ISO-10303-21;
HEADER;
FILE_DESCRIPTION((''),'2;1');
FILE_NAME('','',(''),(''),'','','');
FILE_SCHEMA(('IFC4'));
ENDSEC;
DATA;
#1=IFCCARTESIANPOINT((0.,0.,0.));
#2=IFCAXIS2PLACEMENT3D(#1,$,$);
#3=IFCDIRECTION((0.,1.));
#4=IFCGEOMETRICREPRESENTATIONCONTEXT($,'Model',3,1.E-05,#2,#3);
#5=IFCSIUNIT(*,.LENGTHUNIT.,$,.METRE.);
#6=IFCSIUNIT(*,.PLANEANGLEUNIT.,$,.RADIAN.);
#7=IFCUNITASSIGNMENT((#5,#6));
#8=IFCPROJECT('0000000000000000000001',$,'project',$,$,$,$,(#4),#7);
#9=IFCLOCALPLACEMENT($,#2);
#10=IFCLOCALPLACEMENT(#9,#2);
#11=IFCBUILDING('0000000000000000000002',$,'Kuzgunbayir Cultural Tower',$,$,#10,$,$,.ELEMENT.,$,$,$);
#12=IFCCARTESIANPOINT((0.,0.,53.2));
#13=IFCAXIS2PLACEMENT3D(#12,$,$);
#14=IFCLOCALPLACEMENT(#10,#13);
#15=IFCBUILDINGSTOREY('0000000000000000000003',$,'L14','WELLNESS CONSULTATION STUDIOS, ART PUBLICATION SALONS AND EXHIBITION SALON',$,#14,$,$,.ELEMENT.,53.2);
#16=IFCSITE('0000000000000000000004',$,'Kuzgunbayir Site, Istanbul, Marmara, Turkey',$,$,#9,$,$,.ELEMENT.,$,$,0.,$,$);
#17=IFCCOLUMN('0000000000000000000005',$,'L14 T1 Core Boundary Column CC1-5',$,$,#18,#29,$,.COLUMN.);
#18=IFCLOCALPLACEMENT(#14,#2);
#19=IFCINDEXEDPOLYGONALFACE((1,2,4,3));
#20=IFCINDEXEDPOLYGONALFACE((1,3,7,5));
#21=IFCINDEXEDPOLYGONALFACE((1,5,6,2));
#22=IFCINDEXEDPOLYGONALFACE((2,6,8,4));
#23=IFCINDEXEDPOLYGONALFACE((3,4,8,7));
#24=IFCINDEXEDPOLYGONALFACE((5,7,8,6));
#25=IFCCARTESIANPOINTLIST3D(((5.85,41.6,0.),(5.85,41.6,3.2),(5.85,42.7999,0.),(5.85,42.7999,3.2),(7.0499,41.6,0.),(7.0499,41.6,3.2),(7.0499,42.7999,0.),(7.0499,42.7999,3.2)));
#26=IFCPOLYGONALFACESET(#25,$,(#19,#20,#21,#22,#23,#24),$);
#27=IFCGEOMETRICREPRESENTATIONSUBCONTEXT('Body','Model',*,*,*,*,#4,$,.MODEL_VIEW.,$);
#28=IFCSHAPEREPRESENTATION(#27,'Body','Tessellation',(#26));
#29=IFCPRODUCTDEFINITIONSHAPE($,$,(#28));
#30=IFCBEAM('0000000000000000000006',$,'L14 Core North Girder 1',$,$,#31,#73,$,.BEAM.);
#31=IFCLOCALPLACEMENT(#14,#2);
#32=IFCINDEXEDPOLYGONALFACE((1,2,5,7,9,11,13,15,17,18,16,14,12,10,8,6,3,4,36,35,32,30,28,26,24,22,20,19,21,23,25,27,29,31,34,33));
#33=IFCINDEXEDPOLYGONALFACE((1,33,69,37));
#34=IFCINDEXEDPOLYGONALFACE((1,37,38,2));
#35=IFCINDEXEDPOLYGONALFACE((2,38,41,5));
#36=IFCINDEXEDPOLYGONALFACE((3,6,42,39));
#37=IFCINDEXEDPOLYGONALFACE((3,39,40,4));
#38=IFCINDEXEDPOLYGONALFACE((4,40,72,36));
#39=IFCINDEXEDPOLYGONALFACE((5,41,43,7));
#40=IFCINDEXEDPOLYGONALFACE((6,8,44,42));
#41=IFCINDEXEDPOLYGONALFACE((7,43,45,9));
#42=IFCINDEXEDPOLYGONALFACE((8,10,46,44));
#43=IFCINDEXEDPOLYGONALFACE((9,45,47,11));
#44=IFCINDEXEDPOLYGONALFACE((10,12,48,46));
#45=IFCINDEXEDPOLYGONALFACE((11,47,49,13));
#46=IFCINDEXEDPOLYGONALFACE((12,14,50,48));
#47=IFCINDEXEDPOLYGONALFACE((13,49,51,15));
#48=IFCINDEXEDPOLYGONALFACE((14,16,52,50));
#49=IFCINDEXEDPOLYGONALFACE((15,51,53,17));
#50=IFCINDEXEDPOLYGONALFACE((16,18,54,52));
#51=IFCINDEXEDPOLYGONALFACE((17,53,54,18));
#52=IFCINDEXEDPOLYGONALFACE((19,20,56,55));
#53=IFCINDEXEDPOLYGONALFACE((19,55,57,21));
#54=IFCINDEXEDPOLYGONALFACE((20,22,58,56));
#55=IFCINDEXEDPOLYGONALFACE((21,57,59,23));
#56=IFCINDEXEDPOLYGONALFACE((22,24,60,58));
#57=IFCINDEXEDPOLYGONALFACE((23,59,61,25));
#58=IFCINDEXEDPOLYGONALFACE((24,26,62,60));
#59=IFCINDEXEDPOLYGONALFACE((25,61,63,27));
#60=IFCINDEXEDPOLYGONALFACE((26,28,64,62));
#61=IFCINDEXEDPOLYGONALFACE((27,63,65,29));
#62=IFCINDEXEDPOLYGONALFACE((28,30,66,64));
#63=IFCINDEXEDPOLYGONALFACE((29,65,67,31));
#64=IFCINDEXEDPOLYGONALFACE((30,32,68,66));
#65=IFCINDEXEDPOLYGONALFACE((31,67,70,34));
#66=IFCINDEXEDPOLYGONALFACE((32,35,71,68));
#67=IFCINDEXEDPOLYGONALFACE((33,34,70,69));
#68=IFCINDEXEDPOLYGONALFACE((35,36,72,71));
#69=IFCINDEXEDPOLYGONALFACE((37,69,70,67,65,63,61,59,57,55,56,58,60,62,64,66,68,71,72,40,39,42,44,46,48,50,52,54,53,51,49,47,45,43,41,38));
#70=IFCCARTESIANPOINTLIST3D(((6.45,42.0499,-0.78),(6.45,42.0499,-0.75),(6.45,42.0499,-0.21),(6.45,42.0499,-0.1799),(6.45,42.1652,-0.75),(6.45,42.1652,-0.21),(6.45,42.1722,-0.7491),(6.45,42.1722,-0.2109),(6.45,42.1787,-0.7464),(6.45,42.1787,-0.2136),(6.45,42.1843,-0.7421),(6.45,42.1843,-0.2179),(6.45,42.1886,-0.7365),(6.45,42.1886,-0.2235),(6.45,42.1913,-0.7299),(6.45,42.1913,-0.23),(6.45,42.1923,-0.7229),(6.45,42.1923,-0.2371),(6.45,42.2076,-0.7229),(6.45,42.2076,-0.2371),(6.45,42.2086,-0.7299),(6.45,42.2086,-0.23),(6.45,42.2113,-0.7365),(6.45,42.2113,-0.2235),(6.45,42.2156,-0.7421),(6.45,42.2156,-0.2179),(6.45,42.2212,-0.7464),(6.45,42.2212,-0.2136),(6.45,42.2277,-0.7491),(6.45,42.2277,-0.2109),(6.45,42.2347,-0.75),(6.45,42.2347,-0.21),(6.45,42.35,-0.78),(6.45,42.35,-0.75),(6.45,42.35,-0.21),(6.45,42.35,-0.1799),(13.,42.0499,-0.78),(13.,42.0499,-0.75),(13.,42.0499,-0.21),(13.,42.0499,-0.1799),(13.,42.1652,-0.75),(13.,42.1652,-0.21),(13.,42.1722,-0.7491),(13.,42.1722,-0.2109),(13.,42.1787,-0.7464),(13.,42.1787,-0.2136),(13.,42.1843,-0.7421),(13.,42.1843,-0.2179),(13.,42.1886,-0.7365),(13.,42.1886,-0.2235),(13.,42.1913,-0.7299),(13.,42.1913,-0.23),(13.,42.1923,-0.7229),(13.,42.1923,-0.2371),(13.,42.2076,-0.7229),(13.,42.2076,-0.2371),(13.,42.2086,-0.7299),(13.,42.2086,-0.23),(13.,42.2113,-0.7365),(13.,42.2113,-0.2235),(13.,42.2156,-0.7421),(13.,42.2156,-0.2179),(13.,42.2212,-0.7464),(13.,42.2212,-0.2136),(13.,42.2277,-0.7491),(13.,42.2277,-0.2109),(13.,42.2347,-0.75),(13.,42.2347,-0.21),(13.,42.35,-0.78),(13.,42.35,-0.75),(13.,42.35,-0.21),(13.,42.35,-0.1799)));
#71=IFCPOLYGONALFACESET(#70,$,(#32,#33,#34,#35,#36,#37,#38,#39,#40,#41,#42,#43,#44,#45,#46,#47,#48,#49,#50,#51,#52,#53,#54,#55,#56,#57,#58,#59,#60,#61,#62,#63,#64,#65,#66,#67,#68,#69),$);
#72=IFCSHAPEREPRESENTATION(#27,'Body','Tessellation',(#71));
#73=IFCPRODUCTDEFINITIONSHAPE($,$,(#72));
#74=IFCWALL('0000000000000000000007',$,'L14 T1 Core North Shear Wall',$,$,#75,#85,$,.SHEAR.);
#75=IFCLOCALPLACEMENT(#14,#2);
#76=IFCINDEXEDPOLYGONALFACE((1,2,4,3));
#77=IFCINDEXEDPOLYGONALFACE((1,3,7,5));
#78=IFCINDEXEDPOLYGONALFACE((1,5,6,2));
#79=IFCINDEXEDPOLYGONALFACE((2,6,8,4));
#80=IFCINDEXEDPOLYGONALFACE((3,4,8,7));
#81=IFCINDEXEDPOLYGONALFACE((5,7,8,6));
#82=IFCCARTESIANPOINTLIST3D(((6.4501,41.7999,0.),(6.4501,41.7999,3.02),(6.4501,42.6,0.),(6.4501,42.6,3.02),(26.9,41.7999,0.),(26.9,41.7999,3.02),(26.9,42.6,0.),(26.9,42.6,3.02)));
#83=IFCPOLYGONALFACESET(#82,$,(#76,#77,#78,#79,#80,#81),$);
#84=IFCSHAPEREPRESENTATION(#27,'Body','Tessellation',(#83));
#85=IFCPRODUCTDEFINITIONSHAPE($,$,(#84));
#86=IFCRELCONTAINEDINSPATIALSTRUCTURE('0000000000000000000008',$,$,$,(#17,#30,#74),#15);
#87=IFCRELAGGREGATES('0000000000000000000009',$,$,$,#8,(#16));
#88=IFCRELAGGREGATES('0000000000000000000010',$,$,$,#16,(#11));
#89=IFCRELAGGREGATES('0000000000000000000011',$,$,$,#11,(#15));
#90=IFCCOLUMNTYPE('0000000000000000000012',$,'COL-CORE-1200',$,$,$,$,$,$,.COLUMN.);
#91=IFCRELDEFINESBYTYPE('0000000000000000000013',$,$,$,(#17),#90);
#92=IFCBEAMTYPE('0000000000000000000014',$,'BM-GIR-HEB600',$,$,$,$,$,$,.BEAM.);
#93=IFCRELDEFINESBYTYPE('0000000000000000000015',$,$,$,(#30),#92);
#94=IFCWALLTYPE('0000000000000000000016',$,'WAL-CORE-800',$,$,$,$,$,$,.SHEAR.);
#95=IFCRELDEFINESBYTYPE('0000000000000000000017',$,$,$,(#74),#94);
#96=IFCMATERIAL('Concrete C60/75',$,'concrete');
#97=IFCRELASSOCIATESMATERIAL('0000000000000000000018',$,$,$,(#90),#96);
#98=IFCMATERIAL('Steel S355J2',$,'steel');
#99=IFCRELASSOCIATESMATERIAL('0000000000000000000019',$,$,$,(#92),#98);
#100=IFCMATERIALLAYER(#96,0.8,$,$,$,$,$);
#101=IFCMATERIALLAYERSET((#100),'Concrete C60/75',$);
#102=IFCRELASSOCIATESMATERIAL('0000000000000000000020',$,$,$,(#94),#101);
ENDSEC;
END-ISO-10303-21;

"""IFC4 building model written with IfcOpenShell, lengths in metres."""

from ifc_helpers import new_model, si_unit, direction, frame, frame_2d, origin, origin_2d, place, context, subcontext, project, spatial, rectangle, i_section, extrude, material, layer, layer_set, material_profile, profile_set, type_object, element, save


model = new_model("IFC4")

# Units and contexts
model_context = context("Model", 3, precision=1e-05, world=origin(), true_north=direction((0.0, 1.0)))
body_context = subcontext(model_context, "Body", "Model", "MODEL_VIEW")
ifc_project = project(units=[si_unit("LENGTHUNIT", "METRE"), si_unit("PLANEANGLEUNIT", "RADIAN")], contexts=[model_context])

# Site, building, storey
site_placement = place(None, origin())
site = spatial("IfcSite", under=ifc_project, at=site_placement, Name="Kuzgunbayir Site, Istanbul, Marmara, Turkey", CompositionType="ELEMENT", RefElevation=0.0)
building_placement = place(site_placement, origin())
building = spatial("IfcBuilding", under=site, at=building_placement, Name="Kuzgunbayir Cultural Tower", CompositionType="ELEMENT")
storey_placement = place(building_placement, frame((0.0, 0.0, 53.2)))
storey = spatial("IfcBuildingStorey", under=building, at=storey_placement, Name="L14", Description="WELLNESS CONSULTATION STUDIOS, ART PUBLICATION SALONS AND EXHIBITION SALON", CompositionType="ELEMENT", Elevation=53.2)

# Column
ifc_material_1 = material(Name="Concrete C60/75", Category="concrete")
ifc_material_profile_1 = material_profile(ifc_material_1, rectangle(XDim=1.2, YDim=1.2, at=origin_2d()), Name="RC 1200x1200")
ifc_profile_set_1 = profile_set([ifc_material_profile_1], Name="Concrete C60/75")
column_type = type_object("IfcColumnType", Name="COL-CORE-1200", PredefinedType="COLUMN", material=ifc_profile_set_1)
column_placement = place(storey_placement, frame((6.45, 42.2, 0.0), z_axis=(0.0, 0.0, 1.0), x_axis=(1.0, 0.0, 0.0)))
element("IfcColumn", 1, at=column_placement, inside=storey, type_object=column_type, Name="L14 T1 Core Boundary Column CC1-5", PredefinedType="COLUMN", context=body_context, shape_type="SweptSolid", body=[
    extrude(rectangle(XDim=1.2, YDim=1.2, at=origin_2d()), origin(), (0.0, 0.0, 1.0), 3.2),
])

# Beam
ifc_material_2 = material(Name="Steel S355J2", Category="steel")
ifc_material_profile_2 = material_profile(ifc_material_2, i_section(OverallWidth=0.3, OverallDepth=0.6001, WebThickness=0.0154, FlangeThickness=0.03, FilletRadius=0.0271, at=origin_2d()), Name="HEB 600")
ifc_profile_set_2 = profile_set([ifc_material_profile_2], Name="Steel S355J2")
beam_type = type_object("IfcBeamType", Name="BM-GIR-HEB600", PredefinedType="BEAM", material=ifc_profile_set_2)
beam_placement = place(storey_placement, frame((6.45, 42.2, -0.48), z_axis=(1.0, 0.0, 0.0), x_axis=(0.0, 1.0, 0.0)))
element("IfcBeam", 2, at=beam_placement, inside=storey, type_object=beam_type, Name="L14 Core North Girder 1", PredefinedType="BEAM", context=body_context, shape_type="SweptSolid", body=[
    extrude(i_section(OverallWidth=0.3, OverallDepth=0.6001, WebThickness=0.0154, FlangeThickness=0.03, FilletRadius=0.0271, at=origin_2d()), origin(), (0.0, 0.0, 1.0), 6.55),
])

# Wall
ifc_layer_1 = layer(ifc_material_1, 0.8)
ifc_layer_set_1 = layer_set([ifc_layer_1], Name="Concrete C60/75")
wall_type_1 = type_object("IfcWallType", Name="WAL-CORE-800", PredefinedType="SHEAR", material=ifc_layer_set_1)
wall_1_placement = place(storey_placement, frame((6.45, 42.2, 0.0), z_axis=(0.0, 0.0, 1.0), x_axis=(1.0, 0.0, 0.0)))
element("IfcWall", 3, at=wall_1_placement, inside=storey, type_object=wall_type_1, Name="L14 T1 Core North Shear Wall", PredefinedType="SHEAR", context=body_context, shape_type="SweptSolid", body=[
    extrude(rectangle(XDim=20.45, YDim=0.8, at=frame_2d((10.2251, 0.0))), origin(), (0.0, 0.0, 1.0), 3.02),
])

save(model, "model.ifc")
